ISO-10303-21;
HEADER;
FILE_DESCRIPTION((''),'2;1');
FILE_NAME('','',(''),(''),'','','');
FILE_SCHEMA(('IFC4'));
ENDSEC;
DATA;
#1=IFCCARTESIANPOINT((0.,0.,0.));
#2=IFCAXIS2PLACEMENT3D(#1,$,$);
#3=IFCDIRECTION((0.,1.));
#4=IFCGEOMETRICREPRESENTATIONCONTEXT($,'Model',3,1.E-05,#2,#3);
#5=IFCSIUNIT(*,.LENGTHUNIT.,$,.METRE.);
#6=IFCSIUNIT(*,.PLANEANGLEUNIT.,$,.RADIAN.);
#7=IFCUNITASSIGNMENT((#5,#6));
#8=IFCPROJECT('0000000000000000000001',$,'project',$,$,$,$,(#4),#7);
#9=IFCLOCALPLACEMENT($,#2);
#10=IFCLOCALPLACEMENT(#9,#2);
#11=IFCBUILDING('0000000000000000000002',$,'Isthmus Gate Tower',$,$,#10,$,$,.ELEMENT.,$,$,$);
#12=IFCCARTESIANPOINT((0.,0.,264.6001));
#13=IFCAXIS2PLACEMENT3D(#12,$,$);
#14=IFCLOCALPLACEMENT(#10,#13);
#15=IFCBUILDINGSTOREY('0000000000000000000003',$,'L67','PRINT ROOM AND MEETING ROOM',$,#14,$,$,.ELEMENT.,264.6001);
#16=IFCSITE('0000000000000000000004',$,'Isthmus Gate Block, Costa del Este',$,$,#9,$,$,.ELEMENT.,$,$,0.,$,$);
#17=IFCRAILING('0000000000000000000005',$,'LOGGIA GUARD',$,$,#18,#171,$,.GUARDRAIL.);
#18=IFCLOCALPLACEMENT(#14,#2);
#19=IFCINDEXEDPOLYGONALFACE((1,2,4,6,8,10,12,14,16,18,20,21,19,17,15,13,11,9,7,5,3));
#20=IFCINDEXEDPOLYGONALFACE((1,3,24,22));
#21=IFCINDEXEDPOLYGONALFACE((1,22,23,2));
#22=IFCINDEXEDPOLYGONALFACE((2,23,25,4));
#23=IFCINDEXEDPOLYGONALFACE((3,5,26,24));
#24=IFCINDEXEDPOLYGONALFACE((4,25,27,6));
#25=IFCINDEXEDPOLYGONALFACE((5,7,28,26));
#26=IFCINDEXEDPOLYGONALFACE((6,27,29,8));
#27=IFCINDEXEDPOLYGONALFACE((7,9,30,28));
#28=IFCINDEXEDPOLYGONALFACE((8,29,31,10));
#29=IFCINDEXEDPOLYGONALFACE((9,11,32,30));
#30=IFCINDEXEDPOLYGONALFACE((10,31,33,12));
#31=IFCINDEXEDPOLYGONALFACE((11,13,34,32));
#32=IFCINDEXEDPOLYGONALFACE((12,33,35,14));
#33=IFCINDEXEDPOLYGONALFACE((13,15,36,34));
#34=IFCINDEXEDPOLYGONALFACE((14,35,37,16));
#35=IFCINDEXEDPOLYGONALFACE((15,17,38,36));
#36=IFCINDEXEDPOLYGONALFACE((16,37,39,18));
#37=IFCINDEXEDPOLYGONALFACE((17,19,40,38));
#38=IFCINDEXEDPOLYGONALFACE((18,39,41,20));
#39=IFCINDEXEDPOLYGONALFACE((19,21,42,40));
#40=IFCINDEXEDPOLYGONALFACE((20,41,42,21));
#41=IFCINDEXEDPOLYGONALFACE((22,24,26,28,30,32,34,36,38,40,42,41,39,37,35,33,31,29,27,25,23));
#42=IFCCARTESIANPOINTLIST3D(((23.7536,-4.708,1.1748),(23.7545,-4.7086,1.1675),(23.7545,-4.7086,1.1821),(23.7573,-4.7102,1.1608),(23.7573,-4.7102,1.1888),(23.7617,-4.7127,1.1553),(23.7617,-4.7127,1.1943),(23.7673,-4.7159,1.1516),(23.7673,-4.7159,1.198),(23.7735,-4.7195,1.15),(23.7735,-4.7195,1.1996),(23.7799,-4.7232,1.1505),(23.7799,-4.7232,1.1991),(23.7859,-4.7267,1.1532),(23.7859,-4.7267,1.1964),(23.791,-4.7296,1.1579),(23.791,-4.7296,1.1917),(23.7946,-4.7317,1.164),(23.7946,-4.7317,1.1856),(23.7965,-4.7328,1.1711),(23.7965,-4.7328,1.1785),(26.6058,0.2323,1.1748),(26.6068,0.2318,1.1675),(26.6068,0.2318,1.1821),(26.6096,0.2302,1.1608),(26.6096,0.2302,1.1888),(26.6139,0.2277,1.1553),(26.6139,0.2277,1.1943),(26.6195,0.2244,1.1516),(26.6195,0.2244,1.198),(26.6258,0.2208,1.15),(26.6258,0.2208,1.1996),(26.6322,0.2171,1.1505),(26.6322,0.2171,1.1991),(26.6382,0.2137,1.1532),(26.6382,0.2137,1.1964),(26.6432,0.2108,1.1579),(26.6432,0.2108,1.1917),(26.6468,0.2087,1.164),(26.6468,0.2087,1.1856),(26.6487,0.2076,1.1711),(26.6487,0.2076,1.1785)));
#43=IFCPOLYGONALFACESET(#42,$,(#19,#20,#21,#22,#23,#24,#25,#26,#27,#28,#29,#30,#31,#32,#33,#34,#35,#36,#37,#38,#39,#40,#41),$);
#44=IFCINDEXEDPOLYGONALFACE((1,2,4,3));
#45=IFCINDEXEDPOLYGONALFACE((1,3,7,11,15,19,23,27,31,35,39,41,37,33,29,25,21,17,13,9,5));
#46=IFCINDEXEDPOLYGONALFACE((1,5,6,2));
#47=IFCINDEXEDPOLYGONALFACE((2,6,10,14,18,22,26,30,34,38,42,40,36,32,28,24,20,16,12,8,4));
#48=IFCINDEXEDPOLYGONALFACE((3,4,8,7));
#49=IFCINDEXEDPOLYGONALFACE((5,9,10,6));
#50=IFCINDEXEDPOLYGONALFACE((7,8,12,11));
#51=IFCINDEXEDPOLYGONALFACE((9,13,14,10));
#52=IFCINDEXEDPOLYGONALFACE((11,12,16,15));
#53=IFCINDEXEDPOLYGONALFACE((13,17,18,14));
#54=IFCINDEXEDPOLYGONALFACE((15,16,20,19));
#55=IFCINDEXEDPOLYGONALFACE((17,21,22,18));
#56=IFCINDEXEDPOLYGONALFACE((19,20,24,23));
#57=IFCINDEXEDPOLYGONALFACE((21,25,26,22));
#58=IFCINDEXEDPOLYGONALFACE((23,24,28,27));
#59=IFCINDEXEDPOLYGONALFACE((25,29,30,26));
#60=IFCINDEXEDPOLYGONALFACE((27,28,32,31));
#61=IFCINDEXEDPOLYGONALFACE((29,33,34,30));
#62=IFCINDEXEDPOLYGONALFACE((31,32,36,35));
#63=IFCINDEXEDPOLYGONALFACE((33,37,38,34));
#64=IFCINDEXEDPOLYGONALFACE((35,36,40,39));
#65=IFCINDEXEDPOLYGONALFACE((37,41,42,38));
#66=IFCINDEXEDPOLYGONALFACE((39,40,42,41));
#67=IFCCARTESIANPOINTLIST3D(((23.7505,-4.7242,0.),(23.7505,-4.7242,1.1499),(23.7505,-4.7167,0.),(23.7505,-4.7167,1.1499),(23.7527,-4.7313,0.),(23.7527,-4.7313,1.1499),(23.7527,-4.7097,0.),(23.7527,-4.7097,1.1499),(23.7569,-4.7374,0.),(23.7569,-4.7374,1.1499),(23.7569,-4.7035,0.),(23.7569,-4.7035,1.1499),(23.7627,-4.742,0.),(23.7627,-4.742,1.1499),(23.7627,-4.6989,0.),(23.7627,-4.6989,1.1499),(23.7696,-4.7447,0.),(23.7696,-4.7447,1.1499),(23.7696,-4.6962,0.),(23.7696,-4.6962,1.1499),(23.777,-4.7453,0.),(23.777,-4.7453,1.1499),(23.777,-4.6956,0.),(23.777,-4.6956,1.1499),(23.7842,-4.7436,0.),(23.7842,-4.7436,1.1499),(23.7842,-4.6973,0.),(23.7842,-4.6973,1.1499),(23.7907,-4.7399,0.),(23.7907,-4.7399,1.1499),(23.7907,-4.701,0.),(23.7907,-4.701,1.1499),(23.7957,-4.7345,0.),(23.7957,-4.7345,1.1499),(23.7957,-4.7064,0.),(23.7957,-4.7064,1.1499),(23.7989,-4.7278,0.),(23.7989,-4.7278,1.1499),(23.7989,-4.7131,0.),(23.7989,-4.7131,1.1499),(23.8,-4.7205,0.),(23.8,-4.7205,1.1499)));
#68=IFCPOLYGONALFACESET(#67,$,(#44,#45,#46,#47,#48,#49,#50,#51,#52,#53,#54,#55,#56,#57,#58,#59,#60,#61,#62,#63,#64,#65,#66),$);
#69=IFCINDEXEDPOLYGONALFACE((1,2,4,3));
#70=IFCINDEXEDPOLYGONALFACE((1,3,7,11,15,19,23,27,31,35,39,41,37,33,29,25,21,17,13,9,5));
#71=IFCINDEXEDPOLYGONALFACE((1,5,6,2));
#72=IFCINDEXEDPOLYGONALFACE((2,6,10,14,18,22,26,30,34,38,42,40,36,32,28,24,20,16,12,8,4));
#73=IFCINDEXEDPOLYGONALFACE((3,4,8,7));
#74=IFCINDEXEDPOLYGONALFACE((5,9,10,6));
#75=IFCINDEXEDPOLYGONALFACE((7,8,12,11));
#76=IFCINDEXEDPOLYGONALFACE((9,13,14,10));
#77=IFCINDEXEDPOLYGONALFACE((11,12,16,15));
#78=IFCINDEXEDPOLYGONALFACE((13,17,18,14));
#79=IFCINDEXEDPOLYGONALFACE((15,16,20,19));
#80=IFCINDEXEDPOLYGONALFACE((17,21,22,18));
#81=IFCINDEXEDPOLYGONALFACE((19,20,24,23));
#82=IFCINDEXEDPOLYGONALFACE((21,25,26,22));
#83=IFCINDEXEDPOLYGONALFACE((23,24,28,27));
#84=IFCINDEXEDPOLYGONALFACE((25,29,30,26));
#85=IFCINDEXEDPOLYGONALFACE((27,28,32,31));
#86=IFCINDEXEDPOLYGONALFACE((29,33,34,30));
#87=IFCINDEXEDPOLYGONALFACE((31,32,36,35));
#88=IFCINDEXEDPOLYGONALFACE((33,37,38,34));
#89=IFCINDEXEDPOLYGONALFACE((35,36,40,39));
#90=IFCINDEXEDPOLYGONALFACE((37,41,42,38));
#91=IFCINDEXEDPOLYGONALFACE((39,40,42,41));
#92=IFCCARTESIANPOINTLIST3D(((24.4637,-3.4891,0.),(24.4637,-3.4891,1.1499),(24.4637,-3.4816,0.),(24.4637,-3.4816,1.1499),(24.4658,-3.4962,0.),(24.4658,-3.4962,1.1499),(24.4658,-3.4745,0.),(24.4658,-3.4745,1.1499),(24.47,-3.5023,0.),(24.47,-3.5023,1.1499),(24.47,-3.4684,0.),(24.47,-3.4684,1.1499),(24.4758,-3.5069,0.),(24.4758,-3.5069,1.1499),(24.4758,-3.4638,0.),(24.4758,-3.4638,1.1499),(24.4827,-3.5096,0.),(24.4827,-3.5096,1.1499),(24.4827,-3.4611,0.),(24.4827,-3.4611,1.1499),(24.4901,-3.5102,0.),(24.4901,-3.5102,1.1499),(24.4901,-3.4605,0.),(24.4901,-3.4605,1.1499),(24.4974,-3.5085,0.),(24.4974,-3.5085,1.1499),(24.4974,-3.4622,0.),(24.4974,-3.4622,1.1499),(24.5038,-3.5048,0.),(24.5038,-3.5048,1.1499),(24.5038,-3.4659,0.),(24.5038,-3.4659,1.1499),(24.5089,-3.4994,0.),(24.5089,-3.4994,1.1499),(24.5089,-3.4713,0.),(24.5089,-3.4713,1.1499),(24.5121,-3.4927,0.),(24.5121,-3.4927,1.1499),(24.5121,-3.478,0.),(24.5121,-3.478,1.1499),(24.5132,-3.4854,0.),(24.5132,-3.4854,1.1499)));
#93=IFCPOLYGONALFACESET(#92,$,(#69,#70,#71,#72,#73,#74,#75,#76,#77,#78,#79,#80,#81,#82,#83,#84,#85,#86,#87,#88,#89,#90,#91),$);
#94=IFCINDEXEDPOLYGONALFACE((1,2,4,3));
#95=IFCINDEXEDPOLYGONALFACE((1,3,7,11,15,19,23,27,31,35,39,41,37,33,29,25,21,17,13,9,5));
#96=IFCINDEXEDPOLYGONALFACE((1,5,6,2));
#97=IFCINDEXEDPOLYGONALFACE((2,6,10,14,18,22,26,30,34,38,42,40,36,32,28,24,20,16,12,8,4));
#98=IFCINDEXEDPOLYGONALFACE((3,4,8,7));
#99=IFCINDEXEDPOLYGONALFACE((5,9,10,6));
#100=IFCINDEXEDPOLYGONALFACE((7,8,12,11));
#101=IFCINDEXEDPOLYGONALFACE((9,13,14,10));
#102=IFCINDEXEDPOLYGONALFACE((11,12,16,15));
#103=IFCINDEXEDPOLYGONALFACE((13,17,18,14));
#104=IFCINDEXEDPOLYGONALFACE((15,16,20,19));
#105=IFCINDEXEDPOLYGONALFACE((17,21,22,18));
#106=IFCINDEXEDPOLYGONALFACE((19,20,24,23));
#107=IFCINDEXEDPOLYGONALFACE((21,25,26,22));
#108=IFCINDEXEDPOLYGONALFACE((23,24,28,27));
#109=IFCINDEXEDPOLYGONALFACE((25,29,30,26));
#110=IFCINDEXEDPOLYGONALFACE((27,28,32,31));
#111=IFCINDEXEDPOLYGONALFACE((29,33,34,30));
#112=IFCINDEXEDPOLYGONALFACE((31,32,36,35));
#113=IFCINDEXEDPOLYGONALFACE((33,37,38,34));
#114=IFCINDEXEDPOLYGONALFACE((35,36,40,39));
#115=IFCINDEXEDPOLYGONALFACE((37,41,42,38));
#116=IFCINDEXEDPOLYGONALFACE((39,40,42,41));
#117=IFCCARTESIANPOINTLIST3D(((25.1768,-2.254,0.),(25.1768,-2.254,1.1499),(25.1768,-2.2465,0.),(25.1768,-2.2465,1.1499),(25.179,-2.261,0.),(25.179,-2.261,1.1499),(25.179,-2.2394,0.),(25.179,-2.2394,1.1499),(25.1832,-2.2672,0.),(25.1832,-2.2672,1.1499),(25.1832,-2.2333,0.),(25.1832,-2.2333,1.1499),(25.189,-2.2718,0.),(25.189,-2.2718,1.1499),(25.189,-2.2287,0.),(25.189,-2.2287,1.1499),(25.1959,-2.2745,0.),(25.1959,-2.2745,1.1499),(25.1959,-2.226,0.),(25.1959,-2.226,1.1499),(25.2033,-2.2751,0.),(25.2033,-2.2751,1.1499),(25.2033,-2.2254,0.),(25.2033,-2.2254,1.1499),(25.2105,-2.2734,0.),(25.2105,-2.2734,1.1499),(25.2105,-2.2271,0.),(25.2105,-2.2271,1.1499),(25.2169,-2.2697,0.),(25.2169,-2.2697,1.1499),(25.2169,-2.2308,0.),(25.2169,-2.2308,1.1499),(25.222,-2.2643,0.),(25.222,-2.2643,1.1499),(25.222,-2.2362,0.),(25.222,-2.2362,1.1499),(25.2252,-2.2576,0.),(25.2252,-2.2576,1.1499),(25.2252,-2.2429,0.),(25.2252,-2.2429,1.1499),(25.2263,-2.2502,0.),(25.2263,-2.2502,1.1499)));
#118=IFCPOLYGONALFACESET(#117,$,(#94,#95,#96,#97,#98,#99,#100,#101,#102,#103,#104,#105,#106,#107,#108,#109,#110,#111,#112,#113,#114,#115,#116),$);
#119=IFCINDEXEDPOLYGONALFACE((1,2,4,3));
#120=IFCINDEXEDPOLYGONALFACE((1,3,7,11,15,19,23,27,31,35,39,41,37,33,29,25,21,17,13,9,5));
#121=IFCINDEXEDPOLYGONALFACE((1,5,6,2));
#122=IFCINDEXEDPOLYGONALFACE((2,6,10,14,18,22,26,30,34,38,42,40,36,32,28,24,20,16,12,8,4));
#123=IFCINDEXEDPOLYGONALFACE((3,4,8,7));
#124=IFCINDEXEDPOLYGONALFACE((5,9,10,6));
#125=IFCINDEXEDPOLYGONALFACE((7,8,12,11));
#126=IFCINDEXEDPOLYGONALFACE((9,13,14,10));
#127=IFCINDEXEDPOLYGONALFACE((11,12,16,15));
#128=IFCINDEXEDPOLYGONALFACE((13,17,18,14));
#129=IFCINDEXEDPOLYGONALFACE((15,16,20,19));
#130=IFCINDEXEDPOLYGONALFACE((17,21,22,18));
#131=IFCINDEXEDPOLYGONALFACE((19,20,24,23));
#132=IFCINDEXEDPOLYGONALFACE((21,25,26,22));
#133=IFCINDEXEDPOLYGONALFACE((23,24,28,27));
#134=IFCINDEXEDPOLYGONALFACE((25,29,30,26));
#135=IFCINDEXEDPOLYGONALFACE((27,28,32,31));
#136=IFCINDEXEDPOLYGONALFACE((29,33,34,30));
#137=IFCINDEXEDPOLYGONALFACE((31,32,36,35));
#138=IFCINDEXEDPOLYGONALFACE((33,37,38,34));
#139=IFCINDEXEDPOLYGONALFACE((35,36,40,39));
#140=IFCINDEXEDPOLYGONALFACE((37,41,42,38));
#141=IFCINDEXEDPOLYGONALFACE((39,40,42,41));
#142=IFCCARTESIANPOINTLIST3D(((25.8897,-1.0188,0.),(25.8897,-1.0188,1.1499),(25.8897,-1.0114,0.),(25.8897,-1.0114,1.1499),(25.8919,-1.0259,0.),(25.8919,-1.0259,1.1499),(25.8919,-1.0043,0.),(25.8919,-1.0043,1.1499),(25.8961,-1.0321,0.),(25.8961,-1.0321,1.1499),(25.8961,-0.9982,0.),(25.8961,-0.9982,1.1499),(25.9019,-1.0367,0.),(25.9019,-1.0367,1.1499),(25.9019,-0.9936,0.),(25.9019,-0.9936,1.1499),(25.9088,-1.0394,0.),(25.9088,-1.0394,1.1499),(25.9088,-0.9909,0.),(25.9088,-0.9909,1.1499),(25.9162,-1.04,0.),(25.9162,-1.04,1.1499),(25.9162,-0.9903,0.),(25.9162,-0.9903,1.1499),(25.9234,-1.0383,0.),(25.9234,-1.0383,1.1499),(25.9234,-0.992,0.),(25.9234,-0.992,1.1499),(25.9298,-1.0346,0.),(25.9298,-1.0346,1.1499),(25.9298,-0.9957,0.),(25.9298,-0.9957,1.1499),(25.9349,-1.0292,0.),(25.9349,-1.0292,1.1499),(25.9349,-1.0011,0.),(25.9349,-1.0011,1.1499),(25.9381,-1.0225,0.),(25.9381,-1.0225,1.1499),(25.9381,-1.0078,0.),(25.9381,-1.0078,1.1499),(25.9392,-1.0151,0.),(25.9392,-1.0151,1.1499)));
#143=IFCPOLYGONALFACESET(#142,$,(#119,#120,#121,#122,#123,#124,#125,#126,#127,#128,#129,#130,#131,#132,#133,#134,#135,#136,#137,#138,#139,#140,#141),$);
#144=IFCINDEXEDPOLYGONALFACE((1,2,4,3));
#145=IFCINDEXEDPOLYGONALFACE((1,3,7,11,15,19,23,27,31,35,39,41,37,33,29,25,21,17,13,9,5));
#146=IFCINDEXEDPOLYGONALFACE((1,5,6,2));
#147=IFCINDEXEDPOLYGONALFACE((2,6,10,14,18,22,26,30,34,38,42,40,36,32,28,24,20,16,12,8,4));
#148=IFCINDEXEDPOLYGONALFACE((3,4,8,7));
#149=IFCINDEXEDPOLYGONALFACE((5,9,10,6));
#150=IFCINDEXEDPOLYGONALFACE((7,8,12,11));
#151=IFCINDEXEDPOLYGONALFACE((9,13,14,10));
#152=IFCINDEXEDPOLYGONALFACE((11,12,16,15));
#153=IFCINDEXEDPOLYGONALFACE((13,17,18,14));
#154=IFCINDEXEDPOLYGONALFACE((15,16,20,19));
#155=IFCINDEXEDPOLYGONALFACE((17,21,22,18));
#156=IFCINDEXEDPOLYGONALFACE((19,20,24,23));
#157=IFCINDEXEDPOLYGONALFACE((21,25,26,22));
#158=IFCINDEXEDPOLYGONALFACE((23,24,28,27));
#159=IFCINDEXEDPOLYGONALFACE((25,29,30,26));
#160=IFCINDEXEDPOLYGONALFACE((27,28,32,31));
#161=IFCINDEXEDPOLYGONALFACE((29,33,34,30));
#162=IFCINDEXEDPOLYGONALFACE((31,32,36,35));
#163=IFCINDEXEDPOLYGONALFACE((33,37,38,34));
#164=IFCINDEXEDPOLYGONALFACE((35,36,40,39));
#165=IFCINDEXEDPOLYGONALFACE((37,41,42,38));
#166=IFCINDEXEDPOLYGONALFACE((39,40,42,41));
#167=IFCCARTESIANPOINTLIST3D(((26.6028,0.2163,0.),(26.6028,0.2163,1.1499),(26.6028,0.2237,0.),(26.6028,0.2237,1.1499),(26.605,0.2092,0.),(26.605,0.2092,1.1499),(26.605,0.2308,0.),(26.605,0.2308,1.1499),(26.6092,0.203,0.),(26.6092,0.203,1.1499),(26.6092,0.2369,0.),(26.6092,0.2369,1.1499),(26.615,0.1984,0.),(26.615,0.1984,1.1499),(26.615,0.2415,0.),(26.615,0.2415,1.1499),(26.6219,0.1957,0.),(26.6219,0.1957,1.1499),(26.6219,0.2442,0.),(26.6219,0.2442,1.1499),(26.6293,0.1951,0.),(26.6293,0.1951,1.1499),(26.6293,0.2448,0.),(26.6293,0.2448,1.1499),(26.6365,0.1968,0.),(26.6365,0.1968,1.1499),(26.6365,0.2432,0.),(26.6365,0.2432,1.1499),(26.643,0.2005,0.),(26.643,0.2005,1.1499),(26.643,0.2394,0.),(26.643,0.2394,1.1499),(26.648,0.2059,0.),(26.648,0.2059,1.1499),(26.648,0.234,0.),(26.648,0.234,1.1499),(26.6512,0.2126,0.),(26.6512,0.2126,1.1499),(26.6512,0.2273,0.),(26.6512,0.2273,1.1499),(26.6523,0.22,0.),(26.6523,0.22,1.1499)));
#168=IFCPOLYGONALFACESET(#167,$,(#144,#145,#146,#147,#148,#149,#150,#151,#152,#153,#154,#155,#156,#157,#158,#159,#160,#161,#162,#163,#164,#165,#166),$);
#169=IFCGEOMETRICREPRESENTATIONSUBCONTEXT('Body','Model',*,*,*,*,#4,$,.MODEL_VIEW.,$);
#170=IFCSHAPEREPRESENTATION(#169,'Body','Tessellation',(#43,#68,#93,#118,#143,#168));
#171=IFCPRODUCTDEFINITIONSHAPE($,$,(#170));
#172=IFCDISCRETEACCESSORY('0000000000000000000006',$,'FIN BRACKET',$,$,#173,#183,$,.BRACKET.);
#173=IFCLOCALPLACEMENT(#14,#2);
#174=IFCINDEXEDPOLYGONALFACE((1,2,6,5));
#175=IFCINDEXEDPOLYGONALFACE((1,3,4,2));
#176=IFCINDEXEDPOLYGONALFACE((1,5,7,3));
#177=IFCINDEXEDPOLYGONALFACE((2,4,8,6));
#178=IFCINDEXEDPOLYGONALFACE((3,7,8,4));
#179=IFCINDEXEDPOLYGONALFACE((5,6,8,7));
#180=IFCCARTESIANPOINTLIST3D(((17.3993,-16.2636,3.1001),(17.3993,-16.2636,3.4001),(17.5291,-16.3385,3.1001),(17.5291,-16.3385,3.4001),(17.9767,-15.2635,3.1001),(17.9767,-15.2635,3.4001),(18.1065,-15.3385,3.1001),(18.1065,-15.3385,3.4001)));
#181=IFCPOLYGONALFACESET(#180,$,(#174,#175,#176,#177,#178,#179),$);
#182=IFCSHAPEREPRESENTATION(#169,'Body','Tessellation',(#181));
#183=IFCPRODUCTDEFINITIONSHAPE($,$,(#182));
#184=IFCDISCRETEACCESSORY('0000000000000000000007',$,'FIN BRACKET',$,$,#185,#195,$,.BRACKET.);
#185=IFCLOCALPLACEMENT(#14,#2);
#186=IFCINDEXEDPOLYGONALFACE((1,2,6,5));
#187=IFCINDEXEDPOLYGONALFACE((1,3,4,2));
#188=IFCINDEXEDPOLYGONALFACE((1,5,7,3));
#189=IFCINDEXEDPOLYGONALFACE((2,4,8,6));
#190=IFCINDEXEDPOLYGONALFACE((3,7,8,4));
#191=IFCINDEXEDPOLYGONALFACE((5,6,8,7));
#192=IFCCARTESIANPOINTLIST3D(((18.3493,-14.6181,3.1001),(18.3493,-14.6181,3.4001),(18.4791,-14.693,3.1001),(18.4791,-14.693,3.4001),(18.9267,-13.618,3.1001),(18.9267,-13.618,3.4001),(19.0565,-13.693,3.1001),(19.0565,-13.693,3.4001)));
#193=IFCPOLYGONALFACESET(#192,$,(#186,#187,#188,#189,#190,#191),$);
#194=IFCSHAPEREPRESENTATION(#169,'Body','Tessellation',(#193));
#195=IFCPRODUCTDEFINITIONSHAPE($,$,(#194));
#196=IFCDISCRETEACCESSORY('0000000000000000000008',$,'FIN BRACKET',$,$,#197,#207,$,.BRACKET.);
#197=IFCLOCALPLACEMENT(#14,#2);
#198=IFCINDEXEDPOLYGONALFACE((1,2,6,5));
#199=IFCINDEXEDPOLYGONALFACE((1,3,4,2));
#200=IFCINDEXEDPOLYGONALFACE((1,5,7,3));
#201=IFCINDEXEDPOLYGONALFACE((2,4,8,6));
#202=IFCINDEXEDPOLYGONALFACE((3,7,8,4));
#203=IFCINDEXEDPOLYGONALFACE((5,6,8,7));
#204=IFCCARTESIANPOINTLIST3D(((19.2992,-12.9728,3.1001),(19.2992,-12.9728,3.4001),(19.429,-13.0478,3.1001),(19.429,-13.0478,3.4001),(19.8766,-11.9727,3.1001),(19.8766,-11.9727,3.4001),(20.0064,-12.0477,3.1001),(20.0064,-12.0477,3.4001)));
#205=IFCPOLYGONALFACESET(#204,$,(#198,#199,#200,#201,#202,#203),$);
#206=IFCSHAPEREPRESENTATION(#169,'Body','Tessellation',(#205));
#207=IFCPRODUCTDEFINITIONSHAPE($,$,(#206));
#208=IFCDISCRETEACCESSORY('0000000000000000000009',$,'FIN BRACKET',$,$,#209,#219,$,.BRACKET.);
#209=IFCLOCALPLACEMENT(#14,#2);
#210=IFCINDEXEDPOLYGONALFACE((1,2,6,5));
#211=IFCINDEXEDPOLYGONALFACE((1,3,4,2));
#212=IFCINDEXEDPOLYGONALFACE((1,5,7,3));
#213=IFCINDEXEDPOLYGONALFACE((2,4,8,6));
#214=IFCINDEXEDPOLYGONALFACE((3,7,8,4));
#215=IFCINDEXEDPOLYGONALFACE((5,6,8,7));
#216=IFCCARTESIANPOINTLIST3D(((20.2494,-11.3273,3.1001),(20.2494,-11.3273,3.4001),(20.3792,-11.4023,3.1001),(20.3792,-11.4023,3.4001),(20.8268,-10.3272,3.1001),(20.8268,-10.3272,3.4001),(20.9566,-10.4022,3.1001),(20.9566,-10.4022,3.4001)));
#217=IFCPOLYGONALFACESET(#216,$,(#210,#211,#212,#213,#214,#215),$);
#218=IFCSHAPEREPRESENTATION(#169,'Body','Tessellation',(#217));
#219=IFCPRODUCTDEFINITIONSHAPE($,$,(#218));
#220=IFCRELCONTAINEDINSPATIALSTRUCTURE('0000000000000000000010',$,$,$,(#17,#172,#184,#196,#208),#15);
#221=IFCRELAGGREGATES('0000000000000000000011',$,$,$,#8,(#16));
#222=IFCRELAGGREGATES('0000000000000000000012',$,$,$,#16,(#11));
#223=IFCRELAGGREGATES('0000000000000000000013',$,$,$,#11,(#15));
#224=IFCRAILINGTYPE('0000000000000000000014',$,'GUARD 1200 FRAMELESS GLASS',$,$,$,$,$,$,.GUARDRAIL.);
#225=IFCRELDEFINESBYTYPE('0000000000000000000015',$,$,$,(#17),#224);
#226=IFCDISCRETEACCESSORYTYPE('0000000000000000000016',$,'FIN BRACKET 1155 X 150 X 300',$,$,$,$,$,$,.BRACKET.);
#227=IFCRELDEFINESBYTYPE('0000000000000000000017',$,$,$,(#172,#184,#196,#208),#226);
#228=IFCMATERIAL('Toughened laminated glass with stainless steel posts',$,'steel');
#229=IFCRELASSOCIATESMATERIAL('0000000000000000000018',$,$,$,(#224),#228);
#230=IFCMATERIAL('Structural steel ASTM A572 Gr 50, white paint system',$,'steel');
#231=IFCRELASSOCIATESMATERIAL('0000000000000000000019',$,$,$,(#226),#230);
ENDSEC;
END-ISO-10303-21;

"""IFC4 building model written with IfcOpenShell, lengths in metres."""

from ifc_helpers import new_model, si_unit, direction, frame, origin, origin_2d, place, context, subcontext, project, spatial, rectangle, circle, extrude, material, type_object, element, save


model = new_model("IFC4")

# Units and contexts
model_context = context("Model", 3, precision=1e-05, world=origin(), true_north=direction((0.0, 1.0)))
body_context = subcontext(model_context, "Body", "Model", "MODEL_VIEW")
ifc_project = project(units=[si_unit("LENGTHUNIT", "METRE"), si_unit("PLANEANGLEUNIT", "RADIAN")], contexts=[model_context])

# Site, building, storey
site_placement = place(None, origin())
site = spatial("IfcSite", under=ifc_project, at=site_placement, Name="Isthmus Gate Block, Costa del Este", CompositionType="ELEMENT", RefElevation=0.0)
building_placement = place(site_placement, origin())
building = spatial("IfcBuilding", under=site, at=building_placement, Name="Isthmus Gate Tower", CompositionType="ELEMENT")
storey_placement = place(building_placement, frame((0.0, 0.0, 264.6001)))
storey = spatial("IfcBuildingStorey", under=building, at=storey_placement, Name="L67", Description="PRINT ROOM AND MEETING ROOM", CompositionType="ELEMENT", Elevation=264.6001)

# Railing
ifc_material_1 = material(Name="Toughened laminated glass with stainless steel posts", Category="steel")
railing_type = type_object("IfcRailingType", Name="GUARD 1200 FRAMELESS GLASS", PredefinedType="GUARDRAIL", material=ifc_material_1)
railing_placement = place(storey_placement, frame((23.7751, -4.7205, 0.0)))
element("IfcRailing", 1, at=railing_placement, inside=storey, type_object=railing_type, Name="LOGGIA GUARD", PredefinedType="GUARDRAIL", context=body_context, shape_type="SweptSolid", body=[
    extrude(circle(Radius=0.0249, at=origin_2d()), frame((0.0, 0.0, 1.1748), z_axis=(0.499992, 0.86603, 0.0), x_axis=(-0.86603, 0.499992, 0.0)), (0.0, 0.0, 1.0), 5.7046),
    extrude(circle(Radius=0.0249, at=origin_2d()), origin(), (0.0, 0.0, 1.0), 1.1499),
    extrude(circle(Radius=0.0249, at=origin_2d()), frame((0.7131, 1.2351, 0.0)), (0.0, 0.0, 1.0), 1.1499),
    extrude(circle(Radius=0.0249, at=origin_2d()), frame((1.4263, 2.4702, 0.0)), (0.0, 0.0, 1.0), 1.1499),
    extrude(circle(Radius=0.0249, at=origin_2d()), frame((2.1392, 3.7053, 0.0)), (0.0, 0.0, 1.0), 1.1499),
    extrude(circle(Radius=0.0249, at=origin_2d()), frame((2.8523, 4.9404, 0.0)), (0.0, 0.0, 1.0), 1.1499),
])

# Discrete accessories
ifc_material_2 = material(Name="Structural steel ASTM A572 Gr 50, white paint system", Category="steel")
discrete_accessory_type_1 = type_object("IfcDiscreteAccessoryType", Name="FIN BRACKET 1155 X 150 X 300", PredefinedType="BRACKET", material=ifc_material_2)
for number, where, z_axis, x_axis, name in (
    (2, (17.7529, -15.801, 3.1001), (0.0, 0.0, 1.0), (0.866025, -0.5, 0.0), "FIN BRACKET"),
    (3, (18.7029, -14.1555, 3.1001), (0.0, 0.0, 1.0), (0.866025, -0.5, 0.0), "FIN BRACKET"),
    (4, (19.6528, -12.5103, 3.1001), (0.0, 0.0, 1.0), (0.866025, -0.5, 0.0), "FIN BRACKET"),
    (5, (20.603, -10.8647, 3.1001), (0.0, 0.0, 1.0), (0.866025, -0.5, 0.0), "FIN BRACKET"),
):
    element("IfcDiscreteAccessory", number, at=place(storey_placement, frame(where, z_axis=z_axis, x_axis=x_axis)), inside=storey, type_object=discrete_accessory_type_1, Name=name, PredefinedType="BRACKET", context=body_context, shape_type="SweptSolid", body=[
        extrude(rectangle(XDim=0.1499, YDim=1.1548, at=origin_2d()), origin(), (0.0, 0.0, 1.0), 0.3),
    ])

save(model, "model.ifc")
